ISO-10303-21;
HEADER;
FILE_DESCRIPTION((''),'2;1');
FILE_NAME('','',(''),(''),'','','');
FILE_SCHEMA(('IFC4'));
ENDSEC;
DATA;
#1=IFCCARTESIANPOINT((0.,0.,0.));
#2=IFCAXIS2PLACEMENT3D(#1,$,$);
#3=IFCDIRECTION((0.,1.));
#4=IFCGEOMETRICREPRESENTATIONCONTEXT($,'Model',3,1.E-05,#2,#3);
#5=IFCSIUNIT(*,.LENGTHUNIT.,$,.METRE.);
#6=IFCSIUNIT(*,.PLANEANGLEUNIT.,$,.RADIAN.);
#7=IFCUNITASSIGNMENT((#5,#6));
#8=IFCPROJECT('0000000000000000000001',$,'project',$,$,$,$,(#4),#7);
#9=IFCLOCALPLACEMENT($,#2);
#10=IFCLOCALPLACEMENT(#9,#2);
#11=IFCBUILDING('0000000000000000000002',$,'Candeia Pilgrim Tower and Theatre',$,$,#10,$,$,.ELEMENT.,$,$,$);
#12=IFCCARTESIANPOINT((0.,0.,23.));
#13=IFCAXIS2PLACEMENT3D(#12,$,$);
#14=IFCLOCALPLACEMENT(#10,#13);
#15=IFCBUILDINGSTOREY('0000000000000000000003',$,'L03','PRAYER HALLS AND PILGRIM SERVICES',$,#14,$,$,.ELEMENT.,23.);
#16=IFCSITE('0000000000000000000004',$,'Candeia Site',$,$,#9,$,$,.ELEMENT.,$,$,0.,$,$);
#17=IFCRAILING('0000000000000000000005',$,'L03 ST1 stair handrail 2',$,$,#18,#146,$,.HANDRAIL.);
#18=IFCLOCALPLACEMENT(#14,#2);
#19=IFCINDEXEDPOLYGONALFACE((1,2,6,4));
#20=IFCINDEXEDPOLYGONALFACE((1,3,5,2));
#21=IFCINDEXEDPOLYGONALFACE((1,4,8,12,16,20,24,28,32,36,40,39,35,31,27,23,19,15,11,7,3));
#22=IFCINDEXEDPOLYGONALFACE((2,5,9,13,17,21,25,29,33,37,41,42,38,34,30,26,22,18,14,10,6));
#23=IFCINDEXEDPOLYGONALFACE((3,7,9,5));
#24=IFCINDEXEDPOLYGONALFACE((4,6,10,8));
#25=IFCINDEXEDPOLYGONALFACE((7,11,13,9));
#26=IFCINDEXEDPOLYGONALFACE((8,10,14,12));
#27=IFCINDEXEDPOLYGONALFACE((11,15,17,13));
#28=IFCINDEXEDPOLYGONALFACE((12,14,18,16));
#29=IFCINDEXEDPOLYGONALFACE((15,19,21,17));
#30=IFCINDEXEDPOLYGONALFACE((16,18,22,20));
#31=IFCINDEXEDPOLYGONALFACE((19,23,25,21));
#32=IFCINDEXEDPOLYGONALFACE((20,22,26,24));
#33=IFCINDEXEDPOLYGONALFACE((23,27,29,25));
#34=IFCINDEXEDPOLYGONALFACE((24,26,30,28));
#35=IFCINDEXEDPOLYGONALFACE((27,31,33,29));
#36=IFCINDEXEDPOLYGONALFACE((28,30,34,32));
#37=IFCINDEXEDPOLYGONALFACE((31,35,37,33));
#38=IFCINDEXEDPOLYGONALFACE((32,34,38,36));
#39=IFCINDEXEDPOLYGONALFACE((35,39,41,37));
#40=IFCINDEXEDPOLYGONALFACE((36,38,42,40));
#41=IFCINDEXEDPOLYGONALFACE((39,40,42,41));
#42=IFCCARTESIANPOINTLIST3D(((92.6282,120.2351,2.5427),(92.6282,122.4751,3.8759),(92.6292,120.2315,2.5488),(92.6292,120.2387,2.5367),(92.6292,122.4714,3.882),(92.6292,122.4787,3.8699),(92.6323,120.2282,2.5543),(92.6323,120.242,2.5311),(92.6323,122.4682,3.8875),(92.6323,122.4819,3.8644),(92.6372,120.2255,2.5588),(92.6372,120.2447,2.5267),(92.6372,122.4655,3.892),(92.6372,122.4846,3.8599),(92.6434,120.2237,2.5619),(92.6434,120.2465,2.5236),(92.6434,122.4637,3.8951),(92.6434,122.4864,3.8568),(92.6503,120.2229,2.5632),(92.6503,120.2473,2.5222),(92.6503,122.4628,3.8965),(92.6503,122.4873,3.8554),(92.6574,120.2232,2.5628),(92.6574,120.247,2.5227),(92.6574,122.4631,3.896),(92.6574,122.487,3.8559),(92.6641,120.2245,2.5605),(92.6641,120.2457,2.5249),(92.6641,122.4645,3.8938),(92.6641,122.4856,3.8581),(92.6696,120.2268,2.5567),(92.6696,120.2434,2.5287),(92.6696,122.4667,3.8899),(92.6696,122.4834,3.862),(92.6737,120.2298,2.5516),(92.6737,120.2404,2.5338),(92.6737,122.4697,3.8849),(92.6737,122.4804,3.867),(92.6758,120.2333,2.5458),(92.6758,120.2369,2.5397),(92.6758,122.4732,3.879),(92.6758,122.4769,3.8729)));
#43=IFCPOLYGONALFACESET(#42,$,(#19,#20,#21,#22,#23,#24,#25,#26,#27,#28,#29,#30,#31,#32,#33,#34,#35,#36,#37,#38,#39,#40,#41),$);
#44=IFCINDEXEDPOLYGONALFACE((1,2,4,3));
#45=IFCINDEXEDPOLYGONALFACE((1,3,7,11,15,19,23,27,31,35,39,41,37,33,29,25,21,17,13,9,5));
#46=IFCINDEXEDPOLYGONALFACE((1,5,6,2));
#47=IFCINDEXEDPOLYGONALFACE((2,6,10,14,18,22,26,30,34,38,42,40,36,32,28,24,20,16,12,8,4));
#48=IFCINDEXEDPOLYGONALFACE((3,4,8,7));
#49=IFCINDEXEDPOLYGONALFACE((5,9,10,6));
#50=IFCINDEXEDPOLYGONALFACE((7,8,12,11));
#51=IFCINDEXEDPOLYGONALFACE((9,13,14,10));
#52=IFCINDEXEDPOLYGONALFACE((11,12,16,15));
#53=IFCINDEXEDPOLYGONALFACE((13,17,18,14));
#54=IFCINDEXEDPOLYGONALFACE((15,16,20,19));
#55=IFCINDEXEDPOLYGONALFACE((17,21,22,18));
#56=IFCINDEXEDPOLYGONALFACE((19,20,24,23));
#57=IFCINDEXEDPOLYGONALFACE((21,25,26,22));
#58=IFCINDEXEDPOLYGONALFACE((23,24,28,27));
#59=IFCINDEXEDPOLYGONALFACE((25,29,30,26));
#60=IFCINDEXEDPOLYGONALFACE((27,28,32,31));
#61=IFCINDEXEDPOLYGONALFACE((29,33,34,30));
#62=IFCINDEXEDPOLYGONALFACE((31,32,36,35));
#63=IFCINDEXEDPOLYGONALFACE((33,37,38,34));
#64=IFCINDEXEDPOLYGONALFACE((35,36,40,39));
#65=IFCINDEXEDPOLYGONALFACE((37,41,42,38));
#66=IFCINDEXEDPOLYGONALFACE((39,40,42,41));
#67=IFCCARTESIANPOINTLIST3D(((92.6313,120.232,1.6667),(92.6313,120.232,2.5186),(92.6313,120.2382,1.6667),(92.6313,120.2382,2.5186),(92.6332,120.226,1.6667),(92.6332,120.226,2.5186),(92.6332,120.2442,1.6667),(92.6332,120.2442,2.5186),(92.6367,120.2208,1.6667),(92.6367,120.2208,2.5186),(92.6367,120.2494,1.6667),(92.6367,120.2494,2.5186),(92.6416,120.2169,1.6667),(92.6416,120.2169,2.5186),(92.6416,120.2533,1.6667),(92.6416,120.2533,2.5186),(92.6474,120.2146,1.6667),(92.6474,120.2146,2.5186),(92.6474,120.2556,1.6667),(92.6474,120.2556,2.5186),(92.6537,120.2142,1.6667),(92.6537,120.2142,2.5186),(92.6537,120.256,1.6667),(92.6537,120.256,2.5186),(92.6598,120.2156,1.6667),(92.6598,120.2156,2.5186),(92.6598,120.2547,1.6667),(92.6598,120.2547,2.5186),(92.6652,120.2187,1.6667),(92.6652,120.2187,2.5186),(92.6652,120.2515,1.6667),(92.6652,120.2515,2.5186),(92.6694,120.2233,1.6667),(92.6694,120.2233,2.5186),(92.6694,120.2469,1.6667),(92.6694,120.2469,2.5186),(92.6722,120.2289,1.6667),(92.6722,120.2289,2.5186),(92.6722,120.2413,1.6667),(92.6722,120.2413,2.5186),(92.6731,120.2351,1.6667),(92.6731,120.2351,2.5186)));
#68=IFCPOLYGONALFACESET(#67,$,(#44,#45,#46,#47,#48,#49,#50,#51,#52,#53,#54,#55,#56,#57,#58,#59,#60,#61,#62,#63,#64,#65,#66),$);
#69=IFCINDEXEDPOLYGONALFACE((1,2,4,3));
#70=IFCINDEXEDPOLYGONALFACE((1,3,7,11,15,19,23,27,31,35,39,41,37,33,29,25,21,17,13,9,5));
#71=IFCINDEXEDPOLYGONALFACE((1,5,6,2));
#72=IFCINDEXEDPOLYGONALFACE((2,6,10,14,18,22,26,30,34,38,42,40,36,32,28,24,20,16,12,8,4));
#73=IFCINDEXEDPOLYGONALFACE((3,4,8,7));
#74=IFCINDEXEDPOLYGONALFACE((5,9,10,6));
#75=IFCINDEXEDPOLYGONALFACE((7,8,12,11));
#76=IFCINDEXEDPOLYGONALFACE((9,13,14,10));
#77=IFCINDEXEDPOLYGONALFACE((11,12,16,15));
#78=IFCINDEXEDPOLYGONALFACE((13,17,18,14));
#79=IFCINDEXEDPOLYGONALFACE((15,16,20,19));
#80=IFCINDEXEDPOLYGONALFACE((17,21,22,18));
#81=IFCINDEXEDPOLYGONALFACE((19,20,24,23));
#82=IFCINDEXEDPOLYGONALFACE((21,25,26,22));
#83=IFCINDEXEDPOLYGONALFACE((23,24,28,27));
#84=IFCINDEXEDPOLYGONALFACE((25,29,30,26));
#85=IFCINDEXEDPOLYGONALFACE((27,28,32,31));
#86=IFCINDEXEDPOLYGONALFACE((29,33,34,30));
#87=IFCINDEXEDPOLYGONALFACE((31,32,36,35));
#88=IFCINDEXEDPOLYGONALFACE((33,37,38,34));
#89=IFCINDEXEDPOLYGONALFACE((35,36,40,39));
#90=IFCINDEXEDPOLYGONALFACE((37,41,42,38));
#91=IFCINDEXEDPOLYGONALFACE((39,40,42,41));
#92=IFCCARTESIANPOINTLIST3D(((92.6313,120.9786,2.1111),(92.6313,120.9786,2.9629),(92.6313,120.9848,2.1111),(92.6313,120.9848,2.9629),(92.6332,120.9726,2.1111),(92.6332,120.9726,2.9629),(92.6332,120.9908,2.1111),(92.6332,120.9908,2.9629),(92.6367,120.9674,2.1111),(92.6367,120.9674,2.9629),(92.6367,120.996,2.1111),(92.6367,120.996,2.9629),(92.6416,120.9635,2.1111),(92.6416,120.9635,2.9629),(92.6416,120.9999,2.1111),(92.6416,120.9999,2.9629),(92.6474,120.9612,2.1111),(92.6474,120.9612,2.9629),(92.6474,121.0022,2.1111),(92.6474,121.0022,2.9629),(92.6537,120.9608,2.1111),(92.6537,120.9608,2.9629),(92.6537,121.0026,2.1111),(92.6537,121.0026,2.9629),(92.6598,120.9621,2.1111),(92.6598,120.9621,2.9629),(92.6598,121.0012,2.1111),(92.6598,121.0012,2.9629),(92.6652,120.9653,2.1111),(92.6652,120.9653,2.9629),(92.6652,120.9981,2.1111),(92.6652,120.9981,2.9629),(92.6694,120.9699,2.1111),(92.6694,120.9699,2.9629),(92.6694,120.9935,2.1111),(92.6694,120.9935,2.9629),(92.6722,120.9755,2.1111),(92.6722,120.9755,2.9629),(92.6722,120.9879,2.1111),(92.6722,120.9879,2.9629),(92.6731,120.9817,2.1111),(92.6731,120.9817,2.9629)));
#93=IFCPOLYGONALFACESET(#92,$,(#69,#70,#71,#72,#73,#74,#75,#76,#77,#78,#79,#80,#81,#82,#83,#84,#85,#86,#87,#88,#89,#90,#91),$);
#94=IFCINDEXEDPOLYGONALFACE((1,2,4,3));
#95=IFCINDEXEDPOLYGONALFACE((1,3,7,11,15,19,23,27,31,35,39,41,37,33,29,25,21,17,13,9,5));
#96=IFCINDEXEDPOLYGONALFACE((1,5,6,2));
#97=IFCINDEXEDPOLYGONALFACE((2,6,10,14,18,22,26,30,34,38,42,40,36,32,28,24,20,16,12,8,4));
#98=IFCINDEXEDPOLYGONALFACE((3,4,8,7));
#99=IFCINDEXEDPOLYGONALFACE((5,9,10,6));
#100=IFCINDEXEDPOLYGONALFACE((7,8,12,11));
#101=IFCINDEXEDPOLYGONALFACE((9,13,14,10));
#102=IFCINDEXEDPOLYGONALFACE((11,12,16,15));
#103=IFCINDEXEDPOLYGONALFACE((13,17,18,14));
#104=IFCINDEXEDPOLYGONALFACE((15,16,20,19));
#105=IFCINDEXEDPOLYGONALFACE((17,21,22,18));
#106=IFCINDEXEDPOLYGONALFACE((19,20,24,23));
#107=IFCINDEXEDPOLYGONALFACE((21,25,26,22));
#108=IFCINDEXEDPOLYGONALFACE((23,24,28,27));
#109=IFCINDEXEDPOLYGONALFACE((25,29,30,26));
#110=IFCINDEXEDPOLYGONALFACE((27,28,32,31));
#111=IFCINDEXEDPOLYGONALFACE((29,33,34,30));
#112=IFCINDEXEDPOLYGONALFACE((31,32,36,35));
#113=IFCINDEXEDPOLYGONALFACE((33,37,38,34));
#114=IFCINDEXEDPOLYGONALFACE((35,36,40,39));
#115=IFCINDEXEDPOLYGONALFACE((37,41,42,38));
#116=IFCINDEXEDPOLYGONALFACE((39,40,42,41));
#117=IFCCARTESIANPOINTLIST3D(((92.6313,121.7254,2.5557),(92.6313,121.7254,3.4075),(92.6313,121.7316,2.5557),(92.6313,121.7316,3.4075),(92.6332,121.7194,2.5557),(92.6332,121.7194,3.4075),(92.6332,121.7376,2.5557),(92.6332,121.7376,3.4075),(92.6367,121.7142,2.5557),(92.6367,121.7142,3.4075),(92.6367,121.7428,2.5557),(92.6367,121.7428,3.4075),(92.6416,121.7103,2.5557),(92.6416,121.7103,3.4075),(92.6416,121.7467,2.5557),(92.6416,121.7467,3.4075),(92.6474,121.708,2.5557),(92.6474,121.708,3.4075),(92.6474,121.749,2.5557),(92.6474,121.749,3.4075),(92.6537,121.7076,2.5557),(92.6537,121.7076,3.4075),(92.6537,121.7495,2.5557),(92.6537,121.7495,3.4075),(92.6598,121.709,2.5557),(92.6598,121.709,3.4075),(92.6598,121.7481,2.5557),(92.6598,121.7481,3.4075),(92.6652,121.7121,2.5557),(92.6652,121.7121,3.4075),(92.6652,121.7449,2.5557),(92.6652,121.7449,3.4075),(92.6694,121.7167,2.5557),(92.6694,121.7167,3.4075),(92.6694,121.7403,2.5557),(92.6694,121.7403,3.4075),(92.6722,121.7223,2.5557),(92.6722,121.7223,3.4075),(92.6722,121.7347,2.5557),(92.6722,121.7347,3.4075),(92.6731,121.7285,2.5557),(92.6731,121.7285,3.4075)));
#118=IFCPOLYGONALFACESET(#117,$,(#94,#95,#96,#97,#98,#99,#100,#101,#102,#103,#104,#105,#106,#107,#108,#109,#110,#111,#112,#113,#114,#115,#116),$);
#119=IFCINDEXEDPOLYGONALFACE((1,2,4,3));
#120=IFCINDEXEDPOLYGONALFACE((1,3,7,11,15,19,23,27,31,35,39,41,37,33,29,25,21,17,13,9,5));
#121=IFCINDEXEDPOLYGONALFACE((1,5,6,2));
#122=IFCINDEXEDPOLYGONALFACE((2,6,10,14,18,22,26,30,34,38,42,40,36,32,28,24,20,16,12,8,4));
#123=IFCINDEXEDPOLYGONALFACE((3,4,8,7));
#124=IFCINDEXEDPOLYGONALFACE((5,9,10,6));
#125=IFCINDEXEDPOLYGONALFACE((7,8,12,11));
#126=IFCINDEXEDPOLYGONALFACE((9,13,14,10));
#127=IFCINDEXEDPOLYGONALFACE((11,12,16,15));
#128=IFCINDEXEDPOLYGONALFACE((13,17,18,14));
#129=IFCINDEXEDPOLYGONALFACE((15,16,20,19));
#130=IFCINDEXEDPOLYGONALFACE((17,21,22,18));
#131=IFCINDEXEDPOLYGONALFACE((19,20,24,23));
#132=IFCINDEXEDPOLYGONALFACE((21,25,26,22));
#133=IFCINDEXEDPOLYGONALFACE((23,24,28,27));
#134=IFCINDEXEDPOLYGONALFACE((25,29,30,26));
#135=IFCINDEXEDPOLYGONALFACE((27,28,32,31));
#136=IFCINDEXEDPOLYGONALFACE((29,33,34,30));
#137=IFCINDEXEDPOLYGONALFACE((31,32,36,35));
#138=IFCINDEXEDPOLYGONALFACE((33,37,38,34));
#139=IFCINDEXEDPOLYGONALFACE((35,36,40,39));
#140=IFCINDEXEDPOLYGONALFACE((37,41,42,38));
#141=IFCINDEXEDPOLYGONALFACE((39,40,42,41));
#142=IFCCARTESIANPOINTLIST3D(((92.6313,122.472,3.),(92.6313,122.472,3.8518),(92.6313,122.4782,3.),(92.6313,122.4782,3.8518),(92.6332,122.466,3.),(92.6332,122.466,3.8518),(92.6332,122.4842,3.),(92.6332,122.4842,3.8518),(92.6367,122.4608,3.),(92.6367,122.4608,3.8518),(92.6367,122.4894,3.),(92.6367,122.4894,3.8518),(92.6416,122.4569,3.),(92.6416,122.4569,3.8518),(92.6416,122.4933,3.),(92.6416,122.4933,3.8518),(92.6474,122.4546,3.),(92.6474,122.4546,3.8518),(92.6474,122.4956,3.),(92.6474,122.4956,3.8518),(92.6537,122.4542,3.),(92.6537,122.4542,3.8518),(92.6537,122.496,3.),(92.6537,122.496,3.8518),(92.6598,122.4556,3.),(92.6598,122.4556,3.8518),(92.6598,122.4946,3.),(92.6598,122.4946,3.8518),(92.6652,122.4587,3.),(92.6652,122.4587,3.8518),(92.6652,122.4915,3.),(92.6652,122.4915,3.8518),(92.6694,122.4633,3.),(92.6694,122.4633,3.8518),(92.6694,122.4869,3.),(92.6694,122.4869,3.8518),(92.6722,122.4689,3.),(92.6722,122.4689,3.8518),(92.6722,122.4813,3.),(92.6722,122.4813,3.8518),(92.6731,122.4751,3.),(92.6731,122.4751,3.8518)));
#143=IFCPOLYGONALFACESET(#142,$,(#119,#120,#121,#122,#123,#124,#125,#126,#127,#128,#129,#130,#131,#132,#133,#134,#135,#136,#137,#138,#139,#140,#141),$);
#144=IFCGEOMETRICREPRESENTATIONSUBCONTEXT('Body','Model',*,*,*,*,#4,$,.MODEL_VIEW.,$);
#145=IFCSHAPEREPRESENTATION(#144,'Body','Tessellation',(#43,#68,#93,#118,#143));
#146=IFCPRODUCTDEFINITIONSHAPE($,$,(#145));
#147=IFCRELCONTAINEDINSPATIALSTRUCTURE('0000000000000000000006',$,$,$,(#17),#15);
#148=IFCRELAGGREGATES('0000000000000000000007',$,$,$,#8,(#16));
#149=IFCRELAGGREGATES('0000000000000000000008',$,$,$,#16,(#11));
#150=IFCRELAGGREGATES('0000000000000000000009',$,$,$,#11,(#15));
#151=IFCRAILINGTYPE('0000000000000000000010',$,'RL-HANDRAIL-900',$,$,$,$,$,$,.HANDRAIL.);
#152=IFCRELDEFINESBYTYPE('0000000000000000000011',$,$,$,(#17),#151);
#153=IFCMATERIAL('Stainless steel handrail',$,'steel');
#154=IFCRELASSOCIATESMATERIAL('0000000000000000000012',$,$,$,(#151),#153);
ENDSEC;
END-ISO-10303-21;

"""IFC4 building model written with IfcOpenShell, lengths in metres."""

from ifc_helpers import new_model, si_unit, direction, frame, origin, origin_2d, place, context, subcontext, project, spatial, circle, extrude, material, type_object, element, save


model = new_model("IFC4")

# Units and contexts
model_context = context("Model", 3, precision=1e-05, world=origin(), true_north=direction((0.0, 1.0)))
body_context = subcontext(model_context, "Body", "Model", "MODEL_VIEW")
ifc_project = project(units=[si_unit("LENGTHUNIT", "METRE"), si_unit("PLANEANGLEUNIT", "RADIAN")], contexts=[model_context])

# Site, building, storey
site_placement = place(None, origin())
site = spatial("IfcSite", under=ifc_project, at=site_placement, Name="Candeia Site", CompositionType="ELEMENT", RefElevation=0.0)
building_placement = place(site_placement, origin())
building = spatial("IfcBuilding", under=site, at=building_placement, Name="Candeia Pilgrim Tower and Theatre", CompositionType="ELEMENT")
storey_placement = place(building_placement, frame((0.0, 0.0, 23.0)))
storey = spatial("IfcBuildingStorey", under=building, at=storey_placement, Name="L03", Description="PRAYER HALLS AND PILGRIM SERVICES", CompositionType="ELEMENT", Elevation=23.0)

# Railing
ifc_material_1 = material(Name="Stainless steel handrail", Category="steel")
railing_type = type_object("IfcRailingType", Name="RL-HANDRAIL-900", PredefinedType="HANDRAIL", material=ifc_material_1)
for number, where, name in (
    (1, (92.6521, 120.2351, 1.6667), "L03 ST1 stair handrail 2"),
):
    element("IfcRailing", number, at=place(storey_placement, frame(where)), inside=storey, type_object=railing_type, Name=name, PredefinedType="HANDRAIL", context=body_context, shape_type="SweptSolid", body=[
        extrude(circle(Radius=0.0239, at=origin_2d()), frame((0.0, 0.0, 0.876), z_axis=(0.0, 0.859306, 0.511462), x_axis=(-1.0, 0.0, 0.0)), (0.0, 0.0, 1.0), 2.6067),
        extrude(circle(Radius=0.021, at=origin_2d()), origin(), (0.0, 0.0, 1.0), 0.8518),
        extrude(circle(Radius=0.021, at=origin_2d()), frame((0.0, 0.7466, 0.4443)), (0.0, 0.0, 1.0), 0.8518),
        extrude(circle(Radius=0.021, at=origin_2d()), frame((0.0, 1.4934, 0.8889)), (0.0, 0.0, 1.0), 0.8518),
        extrude(circle(Radius=0.021, at=origin_2d()), frame((0.0, 2.24, 1.3333)), (0.0, 0.0, 1.0), 0.8518),
    ])

save(model, "model.ifc")
